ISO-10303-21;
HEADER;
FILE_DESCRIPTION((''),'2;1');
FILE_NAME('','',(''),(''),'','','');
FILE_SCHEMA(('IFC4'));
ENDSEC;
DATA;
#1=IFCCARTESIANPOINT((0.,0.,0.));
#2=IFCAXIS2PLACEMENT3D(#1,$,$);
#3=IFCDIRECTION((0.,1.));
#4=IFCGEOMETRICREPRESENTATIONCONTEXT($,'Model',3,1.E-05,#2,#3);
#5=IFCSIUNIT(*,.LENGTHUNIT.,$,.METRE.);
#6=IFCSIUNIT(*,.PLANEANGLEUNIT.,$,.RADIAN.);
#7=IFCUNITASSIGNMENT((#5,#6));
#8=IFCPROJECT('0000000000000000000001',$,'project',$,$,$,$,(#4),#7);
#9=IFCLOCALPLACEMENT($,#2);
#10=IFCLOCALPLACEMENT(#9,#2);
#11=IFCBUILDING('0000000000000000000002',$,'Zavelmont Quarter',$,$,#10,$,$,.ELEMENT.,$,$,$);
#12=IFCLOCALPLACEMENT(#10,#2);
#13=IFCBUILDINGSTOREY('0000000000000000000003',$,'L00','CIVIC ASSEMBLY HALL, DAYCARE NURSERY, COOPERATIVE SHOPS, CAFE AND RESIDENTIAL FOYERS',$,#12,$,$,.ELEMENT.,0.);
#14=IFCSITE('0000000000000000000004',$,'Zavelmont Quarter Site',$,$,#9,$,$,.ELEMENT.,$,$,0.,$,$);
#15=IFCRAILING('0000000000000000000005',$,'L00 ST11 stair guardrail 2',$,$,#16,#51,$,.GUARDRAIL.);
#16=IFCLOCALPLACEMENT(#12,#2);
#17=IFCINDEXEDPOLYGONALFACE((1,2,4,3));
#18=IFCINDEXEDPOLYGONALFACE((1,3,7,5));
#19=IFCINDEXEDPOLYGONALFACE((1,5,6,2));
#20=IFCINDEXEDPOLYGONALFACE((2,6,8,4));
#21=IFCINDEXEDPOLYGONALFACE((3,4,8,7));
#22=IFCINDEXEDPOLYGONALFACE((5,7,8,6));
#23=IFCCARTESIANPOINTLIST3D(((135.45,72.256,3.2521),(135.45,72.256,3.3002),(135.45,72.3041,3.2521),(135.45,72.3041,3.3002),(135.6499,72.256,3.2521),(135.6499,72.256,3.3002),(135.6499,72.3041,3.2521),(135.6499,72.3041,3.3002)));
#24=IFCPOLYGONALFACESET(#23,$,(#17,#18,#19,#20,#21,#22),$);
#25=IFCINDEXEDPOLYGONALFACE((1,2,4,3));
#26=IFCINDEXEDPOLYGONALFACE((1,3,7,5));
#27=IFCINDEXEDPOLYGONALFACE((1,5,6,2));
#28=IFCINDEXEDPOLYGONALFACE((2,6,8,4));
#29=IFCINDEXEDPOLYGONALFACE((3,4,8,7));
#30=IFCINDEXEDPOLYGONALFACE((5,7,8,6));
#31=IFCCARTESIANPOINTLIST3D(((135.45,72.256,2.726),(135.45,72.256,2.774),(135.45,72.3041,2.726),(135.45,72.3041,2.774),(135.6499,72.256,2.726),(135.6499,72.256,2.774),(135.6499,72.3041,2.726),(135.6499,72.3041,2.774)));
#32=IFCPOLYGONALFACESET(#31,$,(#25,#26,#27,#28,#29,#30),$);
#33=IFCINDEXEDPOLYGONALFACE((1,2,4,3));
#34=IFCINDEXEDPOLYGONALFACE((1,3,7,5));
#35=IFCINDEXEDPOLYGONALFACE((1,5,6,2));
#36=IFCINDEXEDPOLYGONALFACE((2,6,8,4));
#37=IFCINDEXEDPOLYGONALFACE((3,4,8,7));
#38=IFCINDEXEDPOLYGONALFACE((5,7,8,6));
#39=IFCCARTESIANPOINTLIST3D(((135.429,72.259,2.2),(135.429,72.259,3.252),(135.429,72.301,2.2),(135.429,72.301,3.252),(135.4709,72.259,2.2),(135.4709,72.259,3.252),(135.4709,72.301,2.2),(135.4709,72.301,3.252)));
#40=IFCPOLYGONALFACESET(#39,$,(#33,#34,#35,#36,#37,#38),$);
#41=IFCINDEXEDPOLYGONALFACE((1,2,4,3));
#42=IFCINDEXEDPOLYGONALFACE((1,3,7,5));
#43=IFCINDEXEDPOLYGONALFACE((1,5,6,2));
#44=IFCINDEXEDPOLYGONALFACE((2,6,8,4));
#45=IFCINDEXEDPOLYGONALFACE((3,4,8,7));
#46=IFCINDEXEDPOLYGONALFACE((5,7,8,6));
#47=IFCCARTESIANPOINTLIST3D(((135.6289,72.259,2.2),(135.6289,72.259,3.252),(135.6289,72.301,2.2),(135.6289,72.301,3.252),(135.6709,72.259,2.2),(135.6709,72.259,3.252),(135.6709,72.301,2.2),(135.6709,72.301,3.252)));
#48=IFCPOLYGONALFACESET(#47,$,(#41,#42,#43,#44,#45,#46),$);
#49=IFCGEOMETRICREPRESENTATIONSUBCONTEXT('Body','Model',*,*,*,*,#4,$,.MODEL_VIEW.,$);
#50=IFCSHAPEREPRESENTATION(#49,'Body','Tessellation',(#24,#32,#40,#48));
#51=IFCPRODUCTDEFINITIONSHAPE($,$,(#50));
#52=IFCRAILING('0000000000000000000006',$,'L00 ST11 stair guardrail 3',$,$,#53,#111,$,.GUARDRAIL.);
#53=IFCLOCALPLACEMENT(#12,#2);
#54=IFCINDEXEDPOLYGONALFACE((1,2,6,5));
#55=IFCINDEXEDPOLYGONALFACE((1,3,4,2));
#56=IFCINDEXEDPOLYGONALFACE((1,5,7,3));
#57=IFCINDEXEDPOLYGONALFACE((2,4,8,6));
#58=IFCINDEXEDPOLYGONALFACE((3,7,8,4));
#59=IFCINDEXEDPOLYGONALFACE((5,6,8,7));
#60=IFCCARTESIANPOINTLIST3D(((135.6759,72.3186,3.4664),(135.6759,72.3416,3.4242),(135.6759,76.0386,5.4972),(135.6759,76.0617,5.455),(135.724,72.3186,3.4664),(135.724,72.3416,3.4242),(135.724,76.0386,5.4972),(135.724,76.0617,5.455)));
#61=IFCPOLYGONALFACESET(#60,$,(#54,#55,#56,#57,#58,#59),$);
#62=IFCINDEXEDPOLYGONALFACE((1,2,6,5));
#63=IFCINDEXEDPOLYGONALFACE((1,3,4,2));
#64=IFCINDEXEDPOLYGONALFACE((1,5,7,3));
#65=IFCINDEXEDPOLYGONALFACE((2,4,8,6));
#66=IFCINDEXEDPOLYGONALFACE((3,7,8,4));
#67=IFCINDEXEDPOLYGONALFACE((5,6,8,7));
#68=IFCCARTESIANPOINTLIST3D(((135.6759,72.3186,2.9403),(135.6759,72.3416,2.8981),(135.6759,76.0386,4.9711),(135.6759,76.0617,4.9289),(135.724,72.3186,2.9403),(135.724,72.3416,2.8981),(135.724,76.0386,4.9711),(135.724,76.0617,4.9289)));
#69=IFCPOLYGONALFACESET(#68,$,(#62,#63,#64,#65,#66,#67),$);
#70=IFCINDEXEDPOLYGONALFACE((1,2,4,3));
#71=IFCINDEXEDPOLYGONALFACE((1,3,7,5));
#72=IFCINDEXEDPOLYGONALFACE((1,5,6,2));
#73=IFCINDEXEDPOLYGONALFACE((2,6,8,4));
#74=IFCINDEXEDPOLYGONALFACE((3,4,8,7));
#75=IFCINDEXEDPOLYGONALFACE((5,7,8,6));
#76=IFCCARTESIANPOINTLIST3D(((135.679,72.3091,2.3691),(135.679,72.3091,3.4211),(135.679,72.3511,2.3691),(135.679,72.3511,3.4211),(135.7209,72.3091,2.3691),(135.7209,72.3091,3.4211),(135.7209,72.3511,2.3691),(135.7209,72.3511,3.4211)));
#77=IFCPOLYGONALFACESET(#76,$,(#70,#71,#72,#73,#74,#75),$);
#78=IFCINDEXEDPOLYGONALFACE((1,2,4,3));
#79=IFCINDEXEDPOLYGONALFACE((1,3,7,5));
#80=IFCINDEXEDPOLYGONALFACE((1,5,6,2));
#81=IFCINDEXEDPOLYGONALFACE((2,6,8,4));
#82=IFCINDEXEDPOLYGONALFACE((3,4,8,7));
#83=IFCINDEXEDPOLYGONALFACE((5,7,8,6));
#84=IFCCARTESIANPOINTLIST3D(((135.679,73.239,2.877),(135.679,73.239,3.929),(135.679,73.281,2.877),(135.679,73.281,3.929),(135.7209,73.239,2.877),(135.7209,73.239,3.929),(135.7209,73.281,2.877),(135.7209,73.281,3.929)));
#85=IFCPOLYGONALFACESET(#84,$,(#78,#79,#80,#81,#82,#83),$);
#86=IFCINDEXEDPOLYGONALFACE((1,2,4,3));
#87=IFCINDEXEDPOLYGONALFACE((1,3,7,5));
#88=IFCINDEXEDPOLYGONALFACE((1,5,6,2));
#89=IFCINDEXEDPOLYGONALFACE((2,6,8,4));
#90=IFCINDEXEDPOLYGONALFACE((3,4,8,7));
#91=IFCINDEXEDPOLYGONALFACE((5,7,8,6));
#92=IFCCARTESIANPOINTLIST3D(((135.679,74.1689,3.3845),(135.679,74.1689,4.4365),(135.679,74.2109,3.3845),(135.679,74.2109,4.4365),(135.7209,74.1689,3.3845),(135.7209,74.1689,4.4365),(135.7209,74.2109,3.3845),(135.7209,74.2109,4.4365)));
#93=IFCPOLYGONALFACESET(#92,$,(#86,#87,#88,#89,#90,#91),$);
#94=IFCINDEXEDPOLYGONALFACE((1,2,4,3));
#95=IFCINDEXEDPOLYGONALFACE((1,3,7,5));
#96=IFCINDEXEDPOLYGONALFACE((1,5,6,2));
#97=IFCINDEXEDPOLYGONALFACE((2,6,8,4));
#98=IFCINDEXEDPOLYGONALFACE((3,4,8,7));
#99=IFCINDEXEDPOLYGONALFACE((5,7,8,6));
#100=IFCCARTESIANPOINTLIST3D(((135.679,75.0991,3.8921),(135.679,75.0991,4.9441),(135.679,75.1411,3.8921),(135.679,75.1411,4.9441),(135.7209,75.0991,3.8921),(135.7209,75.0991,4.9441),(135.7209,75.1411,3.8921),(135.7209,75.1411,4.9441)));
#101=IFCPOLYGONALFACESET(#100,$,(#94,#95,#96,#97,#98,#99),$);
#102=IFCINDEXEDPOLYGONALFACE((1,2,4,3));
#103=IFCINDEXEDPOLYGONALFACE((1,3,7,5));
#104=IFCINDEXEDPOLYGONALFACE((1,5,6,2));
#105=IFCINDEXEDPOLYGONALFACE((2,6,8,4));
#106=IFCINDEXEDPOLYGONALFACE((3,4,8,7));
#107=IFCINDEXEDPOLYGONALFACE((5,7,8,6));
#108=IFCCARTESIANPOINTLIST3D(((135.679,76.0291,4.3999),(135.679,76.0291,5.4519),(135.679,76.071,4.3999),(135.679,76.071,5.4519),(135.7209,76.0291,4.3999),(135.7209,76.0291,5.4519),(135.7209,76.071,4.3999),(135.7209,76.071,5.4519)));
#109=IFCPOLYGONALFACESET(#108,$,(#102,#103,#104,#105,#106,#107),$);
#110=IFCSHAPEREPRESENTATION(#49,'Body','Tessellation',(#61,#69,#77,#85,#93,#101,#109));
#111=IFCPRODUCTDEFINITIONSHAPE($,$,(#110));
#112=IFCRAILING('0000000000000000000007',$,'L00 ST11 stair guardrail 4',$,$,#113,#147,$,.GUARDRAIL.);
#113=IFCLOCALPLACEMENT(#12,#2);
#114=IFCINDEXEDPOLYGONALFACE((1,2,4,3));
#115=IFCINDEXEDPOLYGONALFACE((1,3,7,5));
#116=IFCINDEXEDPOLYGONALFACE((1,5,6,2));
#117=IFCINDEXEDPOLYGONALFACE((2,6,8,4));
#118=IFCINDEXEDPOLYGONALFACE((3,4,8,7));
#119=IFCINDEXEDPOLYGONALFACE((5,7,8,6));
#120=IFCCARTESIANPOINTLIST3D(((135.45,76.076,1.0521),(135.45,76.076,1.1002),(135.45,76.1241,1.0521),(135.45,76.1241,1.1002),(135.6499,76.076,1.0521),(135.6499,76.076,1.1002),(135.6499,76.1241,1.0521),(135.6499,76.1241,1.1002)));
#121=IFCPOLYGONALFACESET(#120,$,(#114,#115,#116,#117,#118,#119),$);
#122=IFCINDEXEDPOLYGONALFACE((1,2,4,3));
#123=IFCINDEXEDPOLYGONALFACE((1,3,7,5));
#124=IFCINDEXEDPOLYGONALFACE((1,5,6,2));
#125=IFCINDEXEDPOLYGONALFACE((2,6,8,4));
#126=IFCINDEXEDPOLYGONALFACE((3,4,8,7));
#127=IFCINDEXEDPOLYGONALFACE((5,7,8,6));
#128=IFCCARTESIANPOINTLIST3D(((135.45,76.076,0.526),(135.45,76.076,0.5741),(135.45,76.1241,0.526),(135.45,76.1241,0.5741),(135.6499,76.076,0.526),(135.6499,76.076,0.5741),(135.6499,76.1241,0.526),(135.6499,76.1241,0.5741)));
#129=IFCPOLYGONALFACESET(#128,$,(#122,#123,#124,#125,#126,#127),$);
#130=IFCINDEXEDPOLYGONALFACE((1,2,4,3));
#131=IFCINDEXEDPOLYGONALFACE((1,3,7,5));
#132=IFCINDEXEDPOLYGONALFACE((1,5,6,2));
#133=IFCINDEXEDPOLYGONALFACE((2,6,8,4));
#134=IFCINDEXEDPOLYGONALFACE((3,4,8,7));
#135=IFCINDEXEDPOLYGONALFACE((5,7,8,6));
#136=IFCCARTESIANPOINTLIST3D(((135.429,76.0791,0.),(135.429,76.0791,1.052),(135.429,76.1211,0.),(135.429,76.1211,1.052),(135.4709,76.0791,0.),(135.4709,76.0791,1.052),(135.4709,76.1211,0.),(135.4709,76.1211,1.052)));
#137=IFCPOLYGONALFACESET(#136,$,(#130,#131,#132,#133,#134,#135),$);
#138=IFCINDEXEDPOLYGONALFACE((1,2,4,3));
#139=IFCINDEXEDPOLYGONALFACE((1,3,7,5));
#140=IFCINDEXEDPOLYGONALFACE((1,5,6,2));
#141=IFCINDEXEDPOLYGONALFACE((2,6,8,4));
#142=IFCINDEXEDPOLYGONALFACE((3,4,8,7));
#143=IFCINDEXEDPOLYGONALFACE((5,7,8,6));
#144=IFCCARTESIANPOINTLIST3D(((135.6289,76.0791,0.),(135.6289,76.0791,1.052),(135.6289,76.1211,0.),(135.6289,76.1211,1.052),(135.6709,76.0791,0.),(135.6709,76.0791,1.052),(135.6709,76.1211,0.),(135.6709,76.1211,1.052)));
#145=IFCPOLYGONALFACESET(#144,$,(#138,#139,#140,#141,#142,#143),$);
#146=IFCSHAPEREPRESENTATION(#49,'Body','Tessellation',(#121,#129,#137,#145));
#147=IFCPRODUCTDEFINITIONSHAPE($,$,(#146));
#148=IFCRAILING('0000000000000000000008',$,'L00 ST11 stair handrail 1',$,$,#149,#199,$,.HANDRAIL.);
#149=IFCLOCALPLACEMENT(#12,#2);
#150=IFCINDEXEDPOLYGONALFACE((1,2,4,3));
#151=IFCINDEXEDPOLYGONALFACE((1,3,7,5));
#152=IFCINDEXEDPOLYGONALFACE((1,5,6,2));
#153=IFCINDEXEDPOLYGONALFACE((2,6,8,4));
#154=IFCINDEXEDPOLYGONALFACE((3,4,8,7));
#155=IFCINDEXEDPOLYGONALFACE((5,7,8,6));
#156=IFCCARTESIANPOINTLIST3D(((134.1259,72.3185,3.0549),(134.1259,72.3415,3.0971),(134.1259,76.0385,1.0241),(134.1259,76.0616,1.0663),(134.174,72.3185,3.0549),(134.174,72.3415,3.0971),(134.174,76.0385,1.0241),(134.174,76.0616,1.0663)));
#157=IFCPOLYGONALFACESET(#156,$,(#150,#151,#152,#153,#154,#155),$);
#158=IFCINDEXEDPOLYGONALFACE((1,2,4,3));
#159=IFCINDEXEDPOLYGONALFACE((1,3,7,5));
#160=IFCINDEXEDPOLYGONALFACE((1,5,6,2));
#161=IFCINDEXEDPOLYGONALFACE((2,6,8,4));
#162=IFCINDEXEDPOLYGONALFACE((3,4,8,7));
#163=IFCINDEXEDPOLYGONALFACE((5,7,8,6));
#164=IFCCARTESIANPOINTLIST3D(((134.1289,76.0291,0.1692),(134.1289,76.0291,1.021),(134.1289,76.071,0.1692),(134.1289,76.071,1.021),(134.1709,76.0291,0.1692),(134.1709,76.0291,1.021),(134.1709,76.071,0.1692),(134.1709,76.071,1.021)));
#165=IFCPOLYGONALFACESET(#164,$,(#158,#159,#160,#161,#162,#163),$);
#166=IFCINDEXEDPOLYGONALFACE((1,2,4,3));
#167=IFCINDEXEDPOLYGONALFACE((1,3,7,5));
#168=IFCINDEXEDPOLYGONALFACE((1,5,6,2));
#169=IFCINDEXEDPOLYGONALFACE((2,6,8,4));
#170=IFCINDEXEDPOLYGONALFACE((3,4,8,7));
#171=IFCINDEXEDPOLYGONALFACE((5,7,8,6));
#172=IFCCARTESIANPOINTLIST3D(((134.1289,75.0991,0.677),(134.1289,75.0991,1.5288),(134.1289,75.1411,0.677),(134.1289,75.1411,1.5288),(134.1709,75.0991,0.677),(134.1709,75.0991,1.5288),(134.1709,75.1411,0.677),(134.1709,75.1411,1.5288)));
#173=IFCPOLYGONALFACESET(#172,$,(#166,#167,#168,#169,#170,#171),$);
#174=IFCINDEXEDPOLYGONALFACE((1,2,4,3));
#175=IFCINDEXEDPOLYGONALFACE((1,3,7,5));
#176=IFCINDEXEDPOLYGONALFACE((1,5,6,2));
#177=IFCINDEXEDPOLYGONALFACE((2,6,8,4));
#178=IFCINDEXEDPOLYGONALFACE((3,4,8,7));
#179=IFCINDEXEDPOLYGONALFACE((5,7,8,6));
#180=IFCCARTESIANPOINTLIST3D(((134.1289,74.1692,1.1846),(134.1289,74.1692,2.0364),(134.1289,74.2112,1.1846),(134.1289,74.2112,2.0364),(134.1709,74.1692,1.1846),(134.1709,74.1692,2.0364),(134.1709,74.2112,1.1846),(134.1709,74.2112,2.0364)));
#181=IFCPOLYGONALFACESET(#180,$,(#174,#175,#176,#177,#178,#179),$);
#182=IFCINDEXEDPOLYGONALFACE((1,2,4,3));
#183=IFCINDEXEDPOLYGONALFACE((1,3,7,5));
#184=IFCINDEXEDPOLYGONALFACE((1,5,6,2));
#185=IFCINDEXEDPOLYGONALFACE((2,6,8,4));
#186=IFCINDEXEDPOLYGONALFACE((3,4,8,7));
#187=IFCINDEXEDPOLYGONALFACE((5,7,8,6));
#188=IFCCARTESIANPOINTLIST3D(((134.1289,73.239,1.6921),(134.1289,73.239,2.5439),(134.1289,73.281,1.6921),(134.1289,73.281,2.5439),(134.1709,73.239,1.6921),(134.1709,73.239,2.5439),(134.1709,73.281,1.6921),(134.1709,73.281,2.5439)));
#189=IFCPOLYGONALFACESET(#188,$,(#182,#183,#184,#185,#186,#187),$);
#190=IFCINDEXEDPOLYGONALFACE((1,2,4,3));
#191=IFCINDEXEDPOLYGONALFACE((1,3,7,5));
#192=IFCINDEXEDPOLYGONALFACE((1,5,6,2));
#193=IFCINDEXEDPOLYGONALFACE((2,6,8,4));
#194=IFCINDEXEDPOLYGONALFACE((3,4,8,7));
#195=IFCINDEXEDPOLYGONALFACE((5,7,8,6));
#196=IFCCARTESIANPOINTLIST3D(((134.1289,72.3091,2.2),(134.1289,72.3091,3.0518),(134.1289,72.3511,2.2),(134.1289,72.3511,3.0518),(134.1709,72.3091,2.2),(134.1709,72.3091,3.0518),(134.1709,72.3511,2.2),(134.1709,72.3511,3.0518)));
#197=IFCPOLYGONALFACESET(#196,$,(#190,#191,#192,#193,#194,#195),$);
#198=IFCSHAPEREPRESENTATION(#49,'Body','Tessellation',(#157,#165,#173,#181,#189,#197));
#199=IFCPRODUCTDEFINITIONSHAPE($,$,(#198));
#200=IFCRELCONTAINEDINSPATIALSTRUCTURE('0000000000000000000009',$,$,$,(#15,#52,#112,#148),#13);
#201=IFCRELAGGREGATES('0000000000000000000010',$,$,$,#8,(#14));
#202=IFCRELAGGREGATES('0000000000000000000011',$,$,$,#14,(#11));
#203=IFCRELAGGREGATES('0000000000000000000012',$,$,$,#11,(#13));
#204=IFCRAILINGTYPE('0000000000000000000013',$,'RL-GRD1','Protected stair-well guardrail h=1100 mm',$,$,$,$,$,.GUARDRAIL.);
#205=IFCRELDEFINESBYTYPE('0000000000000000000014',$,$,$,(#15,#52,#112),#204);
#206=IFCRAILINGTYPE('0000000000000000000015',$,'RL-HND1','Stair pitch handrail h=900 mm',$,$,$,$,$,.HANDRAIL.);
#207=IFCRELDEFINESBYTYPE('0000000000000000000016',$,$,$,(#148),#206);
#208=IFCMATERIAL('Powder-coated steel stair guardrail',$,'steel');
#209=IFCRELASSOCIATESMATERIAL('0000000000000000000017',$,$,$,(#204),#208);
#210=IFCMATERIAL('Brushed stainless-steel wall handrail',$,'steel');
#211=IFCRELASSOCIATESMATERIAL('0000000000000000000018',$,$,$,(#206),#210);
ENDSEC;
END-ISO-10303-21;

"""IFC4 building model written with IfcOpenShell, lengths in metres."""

from ifc_helpers import new_model, si_unit, direction, frame, origin, origin_2d, place, context, subcontext, project, spatial, rectangle, extrude, material, type_object, element, save


model = new_model("IFC4")

# Units and contexts
model_context = context("Model", 3, precision=1e-05, world=origin(), true_north=direction((0.0, 1.0)))
body_context = subcontext(model_context, "Body", "Model", "MODEL_VIEW")
ifc_project = project(units=[si_unit("LENGTHUNIT", "METRE"), si_unit("PLANEANGLEUNIT", "RADIAN")], contexts=[model_context])

# Site, building, storey
site_placement = place(None, origin())
site = spatial("IfcSite", under=ifc_project, at=site_placement, Name="Zavelmont Quarter Site", CompositionType="ELEMENT", RefElevation=0.0)
building_placement = place(site_placement, origin())
building = spatial("IfcBuilding", under=site, at=building_placement, Name="Zavelmont Quarter", CompositionType="ELEMENT")
storey_placement = place(building_placement, origin())
storey = spatial("IfcBuildingStorey", under=building, at=storey_placement, Name="L00", Description="CIVIC ASSEMBLY HALL, DAYCARE NURSERY, COOPERATIVE SHOPS, CAFE AND RESIDENTIAL FOYERS", CompositionType="ELEMENT", Elevation=0.0)

# Railings
ifc_material_1 = material(Name="Powder-coated steel stair guardrail", Category="steel")
railing_type_1 = type_object("IfcRailingType", Name="RL-GRD1", Description="Protected stair-well guardrail h=1100 mm", PredefinedType="GUARDRAIL", material=ifc_material_1)
railing_1_placement = place(storey_placement, frame((135.45, 72.28, 2.2)))
element("IfcRailing", 1, at=railing_1_placement, inside=storey, type_object=railing_type_1, Name="L00 ST11 stair guardrail 2", PredefinedType="GUARDRAIL", context=body_context, shape_type="SweptSolid", body=[
    extrude(rectangle(XDim=0.0481, YDim=0.0481, at=origin_2d()), frame((0.0, 0.0, 1.0762), z_axis=(1.0, 0.0, 0.0), x_axis=(0.0, 1.0, 0.0)), (0.0, 0.0, 1.0), 0.2),
    extrude(rectangle(XDim=0.0481, YDim=0.0481, at=origin_2d()), frame((0.0, 0.0, 0.55), z_axis=(1.0, 0.0, 0.0), x_axis=(0.0, 1.0, 0.0)), (0.0, 0.0, 1.0), 0.2),
    extrude(rectangle(XDim=0.042, YDim=0.042, at=origin_2d()), origin(), (0.0, 0.0, 1.0), 1.052),
    extrude(rectangle(XDim=0.042, YDim=0.042, at=origin_2d()), frame((0.2, 0.0, 0.0)), (0.0, 0.0, 1.0), 1.052),
])
railing_2_placement = place(storey_placement, frame((135.7, 72.3301, 2.3691)))
element("IfcRailing", 2, at=railing_2_placement, inside=storey, type_object=railing_type_1, Name="L00 ST11 stair guardrail 3", PredefinedType="GUARDRAIL", context=body_context, shape_type="SweptSolid", body=[
    extrude(rectangle(XDim=0.0481, YDim=0.0481, at=origin_2d()), frame((0.0, 0.0, 1.0762), z_axis=(0.0, 0.877728, 0.479159), x_axis=(-1.0, 0.0, 0.0)), (0.0, 0.0, 1.0), 4.2383),
    extrude(rectangle(XDim=0.0481, YDim=0.0481, at=origin_2d()), frame((0.0, 0.0, 0.55), z_axis=(0.0, 0.877728, 0.479159), x_axis=(-1.0, 0.0, 0.0)), (0.0, 0.0, 1.0), 4.2383),
    extrude(rectangle(XDim=0.042, YDim=0.042, at=origin_2d()), origin(), (0.0, 0.0, 1.0), 1.052),
    extrude(rectangle(XDim=0.042, YDim=0.042, at=origin_2d()), frame((0.0, 0.9299, 0.5078)), (0.0, 0.0, 1.0), 1.052),
    extrude(rectangle(XDim=0.042, YDim=0.042, at=origin_2d()), frame((0.0, 1.8599, 1.0154)), (0.0, 0.0, 1.0), 1.052),
    extrude(rectangle(XDim=0.042, YDim=0.042, at=origin_2d()), frame((0.0, 2.79, 1.5229)), (0.0, 0.0, 1.0), 1.052),
    extrude(rectangle(XDim=0.042, YDim=0.042, at=origin_2d()), frame((0.0, 3.72, 2.0308)), (0.0, 0.0, 1.0), 1.052),
])
railing_3_placement = place(storey_placement, frame((135.45, 76.1001, 0.0)))
element("IfcRailing", 3, at=railing_3_placement, inside=storey, type_object=railing_type_1, Name="L00 ST11 stair guardrail 4", PredefinedType="GUARDRAIL", context=body_context, shape_type="SweptSolid", body=[
    extrude(rectangle(XDim=0.0481, YDim=0.0481, at=origin_2d()), frame((0.0, 0.0, 1.0762), z_axis=(1.0, 0.0, 0.0), x_axis=(0.0, 1.0, 0.0)), (0.0, 0.0, 1.0), 0.2),
    extrude(rectangle(XDim=0.0481, YDim=0.0481, at=origin_2d()), frame((0.0, 0.0, 0.55), z_axis=(1.0, 0.0, 0.0), x_axis=(0.0, 1.0, 0.0)), (0.0, 0.0, 1.0), 0.2),
    extrude(rectangle(XDim=0.042, YDim=0.042, at=origin_2d()), origin(), (0.0, 0.0, 1.0), 1.052),
    extrude(rectangle(XDim=0.042, YDim=0.042, at=origin_2d()), frame((0.2, 0.0, 0.0)), (0.0, 0.0, 1.0), 1.052),
])
ifc_material_2 = material(Name="Brushed stainless-steel wall handrail", Category="steel")
railing_type_2 = type_object("IfcRailingType", Name="RL-HND1", Description="Stair pitch handrail h=900 mm", PredefinedType="HANDRAIL", material=ifc_material_2)
railing_4_placement = place(storey_placement, frame((134.1499, 76.05, 0.1692)))
element("IfcRailing", 4, at=railing_4_placement, inside=storey, type_object=railing_type_2, Name="L00 ST11 stair handrail 1", PredefinedType="HANDRAIL", context=body_context, shape_type="SweptSolid", body=[
    extrude(rectangle(XDim=0.0481, YDim=0.0481, at=origin_2d()), frame((0.0, 0.0, 0.876), z_axis=(0.0, -0.877728, 0.479159), x_axis=(1.0, 0.0, 0.0)), (0.0, 0.0, 1.0), 4.2383),
    extrude(rectangle(XDim=0.042, YDim=0.042, at=origin_2d()), origin(), (0.0, 0.0, 1.0), 0.8518),
    extrude(rectangle(XDim=0.042, YDim=0.042, at=origin_2d()), frame((0.0, -0.9299, 0.5078)), (0.0, 0.0, 1.0), 0.8518),
    extrude(rectangle(XDim=0.042, YDim=0.042, at=origin_2d()), frame((0.0, -1.8599, 1.0154)), (0.0, 0.0, 1.0), 0.8518),
    extrude(rectangle(XDim=0.042, YDim=0.042, at=origin_2d()), frame((0.0, -2.79, 1.5229)), (0.0, 0.0, 1.0), 0.8518),
    extrude(rectangle(XDim=0.042, YDim=0.042, at=origin_2d()), frame((0.0, -3.72, 2.0308)), (0.0, 0.0, 1.0), 0.8518),
])

save(model, "model.ifc")
